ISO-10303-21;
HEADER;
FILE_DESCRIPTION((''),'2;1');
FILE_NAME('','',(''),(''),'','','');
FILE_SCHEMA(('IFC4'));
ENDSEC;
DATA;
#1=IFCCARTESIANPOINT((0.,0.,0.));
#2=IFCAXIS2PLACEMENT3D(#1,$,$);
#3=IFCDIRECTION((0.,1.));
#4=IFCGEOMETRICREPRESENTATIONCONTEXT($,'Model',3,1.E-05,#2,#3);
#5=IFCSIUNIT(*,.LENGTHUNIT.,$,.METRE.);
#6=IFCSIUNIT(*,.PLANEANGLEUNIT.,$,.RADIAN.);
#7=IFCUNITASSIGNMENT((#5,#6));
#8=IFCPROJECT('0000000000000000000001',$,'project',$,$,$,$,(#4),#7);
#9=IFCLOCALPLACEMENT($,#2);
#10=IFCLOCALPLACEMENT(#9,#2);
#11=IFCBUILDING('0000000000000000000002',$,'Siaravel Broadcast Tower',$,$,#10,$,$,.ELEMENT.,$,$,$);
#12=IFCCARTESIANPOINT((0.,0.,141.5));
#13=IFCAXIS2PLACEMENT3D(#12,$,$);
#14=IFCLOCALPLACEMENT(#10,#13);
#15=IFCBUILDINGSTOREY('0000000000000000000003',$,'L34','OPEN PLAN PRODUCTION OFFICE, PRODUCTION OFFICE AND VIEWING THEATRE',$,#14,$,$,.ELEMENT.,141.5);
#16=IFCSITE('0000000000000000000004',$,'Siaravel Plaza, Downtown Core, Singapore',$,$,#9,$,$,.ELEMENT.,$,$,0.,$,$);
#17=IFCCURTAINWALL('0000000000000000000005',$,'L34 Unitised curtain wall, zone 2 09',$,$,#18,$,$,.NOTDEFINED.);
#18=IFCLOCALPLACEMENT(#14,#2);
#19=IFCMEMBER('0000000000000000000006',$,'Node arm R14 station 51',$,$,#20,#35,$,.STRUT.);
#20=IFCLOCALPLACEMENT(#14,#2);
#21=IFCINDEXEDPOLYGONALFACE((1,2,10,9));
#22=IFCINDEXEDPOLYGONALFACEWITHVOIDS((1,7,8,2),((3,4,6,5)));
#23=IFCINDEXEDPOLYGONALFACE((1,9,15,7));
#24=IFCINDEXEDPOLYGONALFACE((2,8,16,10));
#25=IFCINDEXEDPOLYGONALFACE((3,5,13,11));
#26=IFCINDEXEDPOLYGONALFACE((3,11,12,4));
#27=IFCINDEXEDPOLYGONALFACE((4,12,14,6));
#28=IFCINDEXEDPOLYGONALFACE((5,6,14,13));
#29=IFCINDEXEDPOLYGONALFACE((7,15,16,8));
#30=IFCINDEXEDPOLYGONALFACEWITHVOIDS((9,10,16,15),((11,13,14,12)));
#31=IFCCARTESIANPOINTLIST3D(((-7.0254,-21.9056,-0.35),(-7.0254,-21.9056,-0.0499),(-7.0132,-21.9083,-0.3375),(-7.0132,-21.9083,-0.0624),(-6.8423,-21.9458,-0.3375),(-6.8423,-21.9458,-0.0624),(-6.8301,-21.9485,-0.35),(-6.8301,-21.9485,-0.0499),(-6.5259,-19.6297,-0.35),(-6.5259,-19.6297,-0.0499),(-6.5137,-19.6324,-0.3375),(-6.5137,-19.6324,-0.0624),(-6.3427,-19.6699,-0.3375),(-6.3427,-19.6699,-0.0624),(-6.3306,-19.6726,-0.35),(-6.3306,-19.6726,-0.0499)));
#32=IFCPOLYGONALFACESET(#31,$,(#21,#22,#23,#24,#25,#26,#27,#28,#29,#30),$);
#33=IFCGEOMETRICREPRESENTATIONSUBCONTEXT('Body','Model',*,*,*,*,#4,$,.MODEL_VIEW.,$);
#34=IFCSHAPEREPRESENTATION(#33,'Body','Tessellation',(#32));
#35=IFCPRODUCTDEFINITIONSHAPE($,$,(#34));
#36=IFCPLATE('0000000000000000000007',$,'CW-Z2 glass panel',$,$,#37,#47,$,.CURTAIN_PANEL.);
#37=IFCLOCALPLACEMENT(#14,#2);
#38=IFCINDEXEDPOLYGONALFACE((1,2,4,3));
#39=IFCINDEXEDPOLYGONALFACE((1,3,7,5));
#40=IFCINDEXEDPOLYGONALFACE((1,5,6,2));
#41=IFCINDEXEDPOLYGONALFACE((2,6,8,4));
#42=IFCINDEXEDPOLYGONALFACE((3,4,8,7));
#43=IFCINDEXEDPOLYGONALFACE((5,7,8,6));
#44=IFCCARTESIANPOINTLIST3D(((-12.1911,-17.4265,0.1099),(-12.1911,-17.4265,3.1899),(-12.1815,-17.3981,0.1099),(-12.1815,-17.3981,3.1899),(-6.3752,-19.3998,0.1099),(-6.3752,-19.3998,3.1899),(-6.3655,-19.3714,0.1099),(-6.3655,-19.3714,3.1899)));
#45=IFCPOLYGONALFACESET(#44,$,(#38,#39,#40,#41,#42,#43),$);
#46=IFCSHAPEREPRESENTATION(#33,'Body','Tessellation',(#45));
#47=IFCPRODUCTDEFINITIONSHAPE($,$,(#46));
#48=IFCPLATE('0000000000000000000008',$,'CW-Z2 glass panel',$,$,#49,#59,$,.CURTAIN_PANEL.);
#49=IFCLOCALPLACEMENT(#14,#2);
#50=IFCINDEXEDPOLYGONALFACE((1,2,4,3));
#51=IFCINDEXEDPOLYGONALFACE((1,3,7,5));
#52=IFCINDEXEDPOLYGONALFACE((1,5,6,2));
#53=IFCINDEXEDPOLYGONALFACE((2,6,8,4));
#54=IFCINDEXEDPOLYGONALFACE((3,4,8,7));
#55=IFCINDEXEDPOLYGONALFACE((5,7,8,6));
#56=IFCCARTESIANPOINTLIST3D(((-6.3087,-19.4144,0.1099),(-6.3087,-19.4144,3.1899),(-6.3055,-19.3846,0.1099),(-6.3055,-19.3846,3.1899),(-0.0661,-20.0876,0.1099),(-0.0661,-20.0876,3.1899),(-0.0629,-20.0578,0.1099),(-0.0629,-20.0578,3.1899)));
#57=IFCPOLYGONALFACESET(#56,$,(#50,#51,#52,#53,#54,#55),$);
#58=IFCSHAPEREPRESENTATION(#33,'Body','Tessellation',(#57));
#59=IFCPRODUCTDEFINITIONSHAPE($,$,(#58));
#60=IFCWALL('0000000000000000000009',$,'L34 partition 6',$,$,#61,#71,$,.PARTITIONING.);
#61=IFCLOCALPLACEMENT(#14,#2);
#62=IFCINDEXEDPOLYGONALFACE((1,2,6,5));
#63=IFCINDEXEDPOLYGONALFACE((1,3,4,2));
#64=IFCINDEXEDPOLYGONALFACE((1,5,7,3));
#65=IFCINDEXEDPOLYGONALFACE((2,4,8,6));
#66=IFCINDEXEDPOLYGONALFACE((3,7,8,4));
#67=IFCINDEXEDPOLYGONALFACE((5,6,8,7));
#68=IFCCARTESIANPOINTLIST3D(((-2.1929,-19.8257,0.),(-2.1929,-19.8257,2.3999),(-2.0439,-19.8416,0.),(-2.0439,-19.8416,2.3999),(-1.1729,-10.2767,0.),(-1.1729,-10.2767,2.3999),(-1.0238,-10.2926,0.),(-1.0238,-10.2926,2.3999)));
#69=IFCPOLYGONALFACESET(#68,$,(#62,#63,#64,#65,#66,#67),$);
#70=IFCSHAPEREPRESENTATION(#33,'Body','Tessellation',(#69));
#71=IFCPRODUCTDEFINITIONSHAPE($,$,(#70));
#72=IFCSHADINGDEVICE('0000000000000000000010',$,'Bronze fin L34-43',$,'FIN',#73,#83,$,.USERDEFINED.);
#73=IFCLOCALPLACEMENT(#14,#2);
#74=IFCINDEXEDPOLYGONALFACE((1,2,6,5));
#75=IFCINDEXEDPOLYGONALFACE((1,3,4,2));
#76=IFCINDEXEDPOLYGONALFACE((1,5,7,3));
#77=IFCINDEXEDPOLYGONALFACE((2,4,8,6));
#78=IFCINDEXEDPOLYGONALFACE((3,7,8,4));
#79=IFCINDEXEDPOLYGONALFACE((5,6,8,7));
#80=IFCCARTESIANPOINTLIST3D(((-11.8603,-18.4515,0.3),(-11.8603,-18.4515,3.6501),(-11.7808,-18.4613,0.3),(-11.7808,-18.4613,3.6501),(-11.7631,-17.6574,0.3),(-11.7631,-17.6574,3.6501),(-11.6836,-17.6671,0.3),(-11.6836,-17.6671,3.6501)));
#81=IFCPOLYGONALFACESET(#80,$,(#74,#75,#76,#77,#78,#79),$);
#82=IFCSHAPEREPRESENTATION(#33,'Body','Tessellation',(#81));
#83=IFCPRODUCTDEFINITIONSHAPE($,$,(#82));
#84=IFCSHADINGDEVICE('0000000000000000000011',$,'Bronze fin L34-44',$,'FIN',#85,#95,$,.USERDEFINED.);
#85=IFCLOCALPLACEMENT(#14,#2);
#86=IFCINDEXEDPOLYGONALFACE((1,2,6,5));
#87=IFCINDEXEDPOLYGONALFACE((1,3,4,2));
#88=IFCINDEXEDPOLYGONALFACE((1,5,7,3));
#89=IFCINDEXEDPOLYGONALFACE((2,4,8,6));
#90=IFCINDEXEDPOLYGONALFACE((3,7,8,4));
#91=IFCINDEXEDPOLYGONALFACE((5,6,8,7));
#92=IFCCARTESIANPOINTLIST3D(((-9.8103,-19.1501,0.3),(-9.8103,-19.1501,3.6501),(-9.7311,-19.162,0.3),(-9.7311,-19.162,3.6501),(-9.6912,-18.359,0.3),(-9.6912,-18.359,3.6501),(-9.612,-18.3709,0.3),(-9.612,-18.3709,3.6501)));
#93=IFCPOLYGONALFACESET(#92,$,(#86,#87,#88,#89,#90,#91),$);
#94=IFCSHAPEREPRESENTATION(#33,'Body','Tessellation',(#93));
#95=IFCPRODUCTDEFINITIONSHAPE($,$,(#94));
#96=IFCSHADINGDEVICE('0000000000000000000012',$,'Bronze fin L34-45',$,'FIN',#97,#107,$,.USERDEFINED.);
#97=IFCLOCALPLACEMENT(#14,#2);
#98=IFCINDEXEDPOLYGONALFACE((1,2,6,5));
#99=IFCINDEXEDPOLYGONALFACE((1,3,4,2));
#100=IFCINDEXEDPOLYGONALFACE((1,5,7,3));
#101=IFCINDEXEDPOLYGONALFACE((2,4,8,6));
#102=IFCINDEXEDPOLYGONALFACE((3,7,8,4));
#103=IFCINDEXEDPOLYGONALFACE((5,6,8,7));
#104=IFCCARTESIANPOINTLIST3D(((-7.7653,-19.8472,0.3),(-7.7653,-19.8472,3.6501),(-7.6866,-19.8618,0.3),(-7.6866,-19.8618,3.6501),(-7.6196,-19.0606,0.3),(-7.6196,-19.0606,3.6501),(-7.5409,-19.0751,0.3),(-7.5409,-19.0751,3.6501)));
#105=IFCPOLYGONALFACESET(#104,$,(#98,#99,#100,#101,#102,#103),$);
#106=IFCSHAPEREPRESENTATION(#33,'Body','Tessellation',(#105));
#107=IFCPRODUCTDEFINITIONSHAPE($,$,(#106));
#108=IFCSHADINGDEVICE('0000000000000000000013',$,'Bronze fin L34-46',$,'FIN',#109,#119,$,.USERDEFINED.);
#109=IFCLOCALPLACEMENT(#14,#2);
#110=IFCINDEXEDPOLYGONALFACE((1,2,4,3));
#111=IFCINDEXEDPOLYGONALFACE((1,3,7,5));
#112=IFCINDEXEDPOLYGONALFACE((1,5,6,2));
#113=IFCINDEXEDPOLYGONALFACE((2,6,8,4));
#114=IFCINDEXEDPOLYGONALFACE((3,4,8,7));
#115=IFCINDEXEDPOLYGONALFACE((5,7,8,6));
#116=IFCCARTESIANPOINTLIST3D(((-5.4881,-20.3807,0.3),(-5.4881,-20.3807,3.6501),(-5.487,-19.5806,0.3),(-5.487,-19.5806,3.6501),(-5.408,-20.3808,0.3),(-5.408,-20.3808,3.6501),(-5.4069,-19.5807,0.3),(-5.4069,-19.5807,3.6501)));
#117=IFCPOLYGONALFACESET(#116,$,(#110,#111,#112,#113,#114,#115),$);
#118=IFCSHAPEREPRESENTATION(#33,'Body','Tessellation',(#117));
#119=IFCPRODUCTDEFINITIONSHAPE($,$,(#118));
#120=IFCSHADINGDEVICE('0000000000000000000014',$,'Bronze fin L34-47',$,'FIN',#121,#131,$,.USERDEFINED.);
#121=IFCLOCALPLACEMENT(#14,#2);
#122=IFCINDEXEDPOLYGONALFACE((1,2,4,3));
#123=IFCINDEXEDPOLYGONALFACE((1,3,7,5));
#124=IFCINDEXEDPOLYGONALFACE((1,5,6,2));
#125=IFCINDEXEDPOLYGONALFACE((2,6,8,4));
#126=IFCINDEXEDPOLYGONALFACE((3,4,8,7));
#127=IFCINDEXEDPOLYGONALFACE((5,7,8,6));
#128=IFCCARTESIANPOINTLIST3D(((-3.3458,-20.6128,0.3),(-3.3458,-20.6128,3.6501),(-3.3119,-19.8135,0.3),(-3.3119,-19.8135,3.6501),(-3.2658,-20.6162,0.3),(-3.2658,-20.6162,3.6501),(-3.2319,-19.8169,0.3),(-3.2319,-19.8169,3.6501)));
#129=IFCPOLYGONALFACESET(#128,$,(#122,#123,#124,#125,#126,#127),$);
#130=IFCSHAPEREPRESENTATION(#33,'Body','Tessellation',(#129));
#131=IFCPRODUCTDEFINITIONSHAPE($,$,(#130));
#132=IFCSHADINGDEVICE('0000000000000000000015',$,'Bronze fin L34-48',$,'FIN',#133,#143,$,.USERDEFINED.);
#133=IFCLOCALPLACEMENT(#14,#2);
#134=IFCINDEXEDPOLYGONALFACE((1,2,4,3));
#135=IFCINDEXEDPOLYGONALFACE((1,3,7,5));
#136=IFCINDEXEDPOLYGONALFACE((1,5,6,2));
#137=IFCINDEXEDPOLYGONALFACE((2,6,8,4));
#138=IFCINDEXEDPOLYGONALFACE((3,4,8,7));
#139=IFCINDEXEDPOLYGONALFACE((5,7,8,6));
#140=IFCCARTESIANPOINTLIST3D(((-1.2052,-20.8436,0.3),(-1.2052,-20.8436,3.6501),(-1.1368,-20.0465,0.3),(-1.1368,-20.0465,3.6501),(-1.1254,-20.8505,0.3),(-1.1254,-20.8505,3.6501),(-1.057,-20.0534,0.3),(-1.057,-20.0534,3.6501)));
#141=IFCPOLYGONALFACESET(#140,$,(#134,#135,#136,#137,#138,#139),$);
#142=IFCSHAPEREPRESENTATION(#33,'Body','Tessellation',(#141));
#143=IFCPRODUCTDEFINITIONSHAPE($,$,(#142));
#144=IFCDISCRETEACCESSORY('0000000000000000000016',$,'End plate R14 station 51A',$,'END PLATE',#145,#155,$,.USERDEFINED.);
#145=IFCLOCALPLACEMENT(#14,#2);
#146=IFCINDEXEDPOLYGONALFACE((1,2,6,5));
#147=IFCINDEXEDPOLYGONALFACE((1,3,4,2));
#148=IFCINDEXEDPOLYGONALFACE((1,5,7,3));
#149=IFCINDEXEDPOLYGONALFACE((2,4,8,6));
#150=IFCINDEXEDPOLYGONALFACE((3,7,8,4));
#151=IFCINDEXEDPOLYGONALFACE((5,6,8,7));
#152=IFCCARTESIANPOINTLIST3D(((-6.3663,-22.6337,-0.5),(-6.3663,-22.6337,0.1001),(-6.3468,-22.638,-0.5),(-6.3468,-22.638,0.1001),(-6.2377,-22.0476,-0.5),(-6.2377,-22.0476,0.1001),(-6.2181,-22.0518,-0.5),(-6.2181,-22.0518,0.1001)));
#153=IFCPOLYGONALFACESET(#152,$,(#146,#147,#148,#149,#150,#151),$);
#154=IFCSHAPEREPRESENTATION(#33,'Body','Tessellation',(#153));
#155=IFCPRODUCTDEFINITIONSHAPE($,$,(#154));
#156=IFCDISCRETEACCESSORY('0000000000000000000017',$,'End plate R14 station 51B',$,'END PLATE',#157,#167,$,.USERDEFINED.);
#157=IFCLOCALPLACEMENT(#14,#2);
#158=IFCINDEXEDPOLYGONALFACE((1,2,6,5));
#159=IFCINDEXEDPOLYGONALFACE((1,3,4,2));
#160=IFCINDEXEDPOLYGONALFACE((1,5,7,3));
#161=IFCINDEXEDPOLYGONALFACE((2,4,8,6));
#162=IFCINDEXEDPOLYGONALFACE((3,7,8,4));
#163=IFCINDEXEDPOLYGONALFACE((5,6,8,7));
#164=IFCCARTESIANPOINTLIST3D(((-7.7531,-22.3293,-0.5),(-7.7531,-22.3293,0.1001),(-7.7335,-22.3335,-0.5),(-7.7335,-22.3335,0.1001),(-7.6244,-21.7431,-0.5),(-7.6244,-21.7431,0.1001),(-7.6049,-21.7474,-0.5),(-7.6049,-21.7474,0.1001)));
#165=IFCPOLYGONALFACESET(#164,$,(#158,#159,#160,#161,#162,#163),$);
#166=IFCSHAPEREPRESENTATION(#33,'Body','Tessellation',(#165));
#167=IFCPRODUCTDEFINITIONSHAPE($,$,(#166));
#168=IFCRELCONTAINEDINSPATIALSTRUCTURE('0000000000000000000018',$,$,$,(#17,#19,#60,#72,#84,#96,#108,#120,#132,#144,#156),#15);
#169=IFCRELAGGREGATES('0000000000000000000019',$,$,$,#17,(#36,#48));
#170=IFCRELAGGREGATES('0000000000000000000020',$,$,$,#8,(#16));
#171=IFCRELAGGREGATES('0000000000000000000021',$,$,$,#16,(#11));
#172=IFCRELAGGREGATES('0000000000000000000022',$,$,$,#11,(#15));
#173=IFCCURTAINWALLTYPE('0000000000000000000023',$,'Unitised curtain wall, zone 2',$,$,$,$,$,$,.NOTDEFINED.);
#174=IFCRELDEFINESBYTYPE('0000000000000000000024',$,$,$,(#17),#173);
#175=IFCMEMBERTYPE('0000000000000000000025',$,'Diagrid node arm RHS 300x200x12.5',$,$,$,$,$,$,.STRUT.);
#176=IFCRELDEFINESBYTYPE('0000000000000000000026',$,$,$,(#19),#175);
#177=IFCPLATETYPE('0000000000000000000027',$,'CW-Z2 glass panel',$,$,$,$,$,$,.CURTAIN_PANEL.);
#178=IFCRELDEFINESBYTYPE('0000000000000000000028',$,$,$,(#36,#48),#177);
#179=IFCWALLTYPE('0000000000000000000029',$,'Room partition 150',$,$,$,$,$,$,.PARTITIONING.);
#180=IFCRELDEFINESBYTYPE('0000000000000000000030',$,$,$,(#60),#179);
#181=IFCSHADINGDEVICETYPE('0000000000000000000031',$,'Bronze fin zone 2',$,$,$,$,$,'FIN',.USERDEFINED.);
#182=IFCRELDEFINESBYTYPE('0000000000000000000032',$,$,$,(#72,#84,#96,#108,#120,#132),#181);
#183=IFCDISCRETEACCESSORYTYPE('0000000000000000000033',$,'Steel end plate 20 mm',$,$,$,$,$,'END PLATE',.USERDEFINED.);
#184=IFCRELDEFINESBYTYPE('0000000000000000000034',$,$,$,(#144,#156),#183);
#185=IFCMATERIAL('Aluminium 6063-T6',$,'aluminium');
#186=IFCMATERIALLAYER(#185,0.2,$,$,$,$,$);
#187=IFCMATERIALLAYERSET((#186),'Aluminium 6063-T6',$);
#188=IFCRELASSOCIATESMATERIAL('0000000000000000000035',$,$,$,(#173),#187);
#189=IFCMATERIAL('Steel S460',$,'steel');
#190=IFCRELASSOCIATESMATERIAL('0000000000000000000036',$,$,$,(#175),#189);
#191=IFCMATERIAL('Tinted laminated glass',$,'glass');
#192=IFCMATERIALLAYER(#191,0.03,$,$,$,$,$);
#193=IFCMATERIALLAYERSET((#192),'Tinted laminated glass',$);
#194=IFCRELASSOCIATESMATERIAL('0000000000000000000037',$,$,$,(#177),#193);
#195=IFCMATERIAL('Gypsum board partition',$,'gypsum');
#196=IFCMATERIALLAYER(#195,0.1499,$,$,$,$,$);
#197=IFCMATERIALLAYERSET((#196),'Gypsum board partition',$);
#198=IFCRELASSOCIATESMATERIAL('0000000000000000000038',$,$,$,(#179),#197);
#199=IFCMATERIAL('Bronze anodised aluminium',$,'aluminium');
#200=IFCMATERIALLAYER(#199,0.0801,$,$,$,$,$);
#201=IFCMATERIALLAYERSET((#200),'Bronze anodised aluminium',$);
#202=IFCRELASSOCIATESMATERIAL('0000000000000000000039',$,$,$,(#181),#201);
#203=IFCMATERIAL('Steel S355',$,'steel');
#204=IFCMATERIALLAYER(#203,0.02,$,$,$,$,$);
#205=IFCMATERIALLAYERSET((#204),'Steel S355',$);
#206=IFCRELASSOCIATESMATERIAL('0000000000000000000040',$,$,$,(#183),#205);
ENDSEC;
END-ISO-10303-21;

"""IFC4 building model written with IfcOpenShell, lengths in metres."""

from ifc_helpers import new_model, si_unit, direction, frame, frame_2d, origin, origin_2d, place, context, subcontext, project, spatial, rectangle, hollow_rectangle, extrude, material, layer, layer_set, material_profile, profile_set, type_object, element, aggregate, save


model = new_model("IFC4")

# Units and contexts
model_context = context("Model", 3, precision=1e-05, world=origin(), true_north=direction((0.0, 1.0)))
body_context = subcontext(model_context, "Body", "Model", "MODEL_VIEW")
ifc_project = project(units=[si_unit("LENGTHUNIT", "METRE"), si_unit("PLANEANGLEUNIT", "RADIAN")], contexts=[model_context])

# Site, building, storey
site_placement = place(None, origin())
site = spatial("IfcSite", under=ifc_project, at=site_placement, Name="Siaravel Plaza, Downtown Core, Singapore", CompositionType="ELEMENT", RefElevation=0.0)
building_placement = place(site_placement, origin())
building = spatial("IfcBuilding", under=site, at=building_placement, Name="Siaravel Broadcast Tower", CompositionType="ELEMENT")
storey_placement = place(building_placement, frame((0.0, 0.0, 141.5)))
storey = spatial("IfcBuildingStorey", under=building, at=storey_placement, Name="L34", Description="OPEN PLAN PRODUCTION OFFICE, PRODUCTION OFFICE AND VIEWING THEATRE", CompositionType="ELEMENT", Elevation=141.5)

# Shared definitions
ifc_material_1 = material(Name="Steel S355", Category="steel")

# Curtain wall
ifc_material_2 = material(Name="Aluminium 6063-T6", Category="aluminium")
ifc_layer_1 = layer(ifc_material_2, 0.2)
ifc_layer_set_1 = layer_set([ifc_layer_1], Name="Aluminium 6063-T6")
curtain_wall_type = type_object("IfcCurtainWallType", Name="Unitised curtain wall, zone 2", PredefinedType="NOTDEFINED", material=ifc_layer_set_1)
curtain_wall_placement = place(storey_placement, origin())
curtain_wall = element("IfcCurtainWall", 1, at=curtain_wall_placement, inside=storey, type_object=curtain_wall_type, Name="L34 Unitised curtain wall, zone 2 09", PredefinedType="NOTDEFINED")

# Member
ifc_material_3 = material(Name="Steel S460", Category="steel")
ifc_material_profile_1 = material_profile(ifc_material_3, hollow_rectangle(XDim=0.2, YDim=0.3, WallThickness=0.0125, at=origin_2d()))
ifc_profile_set_1 = profile_set([ifc_material_profile_1], Name="Steel S460")
member_type_1 = type_object("IfcMemberType", Name="Diagrid node arm RHS 300x200x12.5", PredefinedType="STRUT", material=ifc_profile_set_1)
member_1_placement = place(storey_placement, frame((-6.4282, -19.6511, -0.2), z_axis=(-0.214378, -0.976751, 0.0), x_axis=(0.976751, -0.214378, 0.0)))
element("IfcMember", 2, at=member_1_placement, inside=storey, type_object=member_type_1, Name="Node arm R14 station 51", PredefinedType="STRUT", context=body_context, shape_type="SweptSolid", body=[
    extrude(hollow_rectangle(XDim=0.2, YDim=0.3, WallThickness=0.0125, at=origin_2d()), origin(), (0.0, 0.0, 1.0), 2.3301),
])

# Plates
ifc_material_4 = material(Name="Tinted laminated glass", Category="glass")
ifc_layer_2 = layer(ifc_material_4, 0.03)
ifc_layer_set_2 = layer_set([ifc_layer_2], Name="Tinted laminated glass")
plate_type = type_object("IfcPlateType", Name="CW-Z2 glass panel", PredefinedType="CURTAIN_PANEL", material=ifc_layer_set_2)
plate_1_placement = place(storey_placement, frame((-9.2783, -18.3989, 0.1099), z_axis=(0.0, 0.0, 1.0), x_axis=(0.946977, -0.321301, 0.0)))
plate_1 = element("IfcPlate", 3, at=plate_1_placement, type_object=plate_type, Name="CW-Z2 glass panel", PredefinedType="CURTAIN_PANEL", context=body_context, shape_type="SweptSolid", body=[
    extrude(rectangle(XDim=6.1416, YDim=0.03, at=origin_2d()), origin(), (0.0, 0.0, 1.0), 3.0801),
])
plate_2_placement = place(storey_placement, frame((-3.1858, -19.7361, 0.1099), z_axis=(0.0, 0.0, 1.0), x_axis=(0.994236, -0.107218, 0.0)))
plate_2 = element("IfcPlate", 4, at=plate_2_placement, type_object=plate_type, Name="CW-Z2 glass panel", PredefinedType="CURTAIN_PANEL", context=body_context, shape_type="SweptSolid", body=[
    extrude(rectangle(XDim=6.2788, YDim=0.03, at=origin_2d()), origin(), (0.0, 0.0, 1.0), 3.0801),
])
aggregate(curtain_wall, [plate_1, plate_2])

# Wall
ifc_material_5 = material(Name="Gypsum board partition", Category="gypsum")
ifc_layer_3 = layer(ifc_material_5, 0.1499)
ifc_layer_set_3 = layer_set([ifc_layer_3], Name="Gypsum board partition")
wall_type = type_object("IfcWallType", Name="Room partition 150", PredefinedType="PARTITIONING", material=ifc_layer_set_3)
wall_placement = place(storey_placement, frame((-2.1184, -19.8337, 0.0), z_axis=(0.0, 0.0, 1.0), x_axis=(0.106217, 0.994343, 0.0)))
element("IfcWall", 5, at=wall_placement, inside=storey, type_object=wall_type, Name="L34 partition 6", PredefinedType="PARTITIONING", context=body_context, shape_type="SweptSolid", body=[
    extrude(rectangle(XDim=9.6033, YDim=0.1499, at=frame_2d((4.8018, 0.0))), origin(), (0.0, 0.0, 1.0), 2.3999),
])

# Shading devices
ifc_material_6 = material(Name="Bronze anodised aluminium", Category="aluminium")
ifc_layer_4 = layer(ifc_material_6, 0.0801)
ifc_layer_set_4 = layer_set([ifc_layer_4], Name="Bronze anodised aluminium")
shading_device_type = type_object("IfcShadingDeviceType", Name="Bronze fin zone 2", ElementType="FIN", PredefinedType="USERDEFINED", material=ifc_layer_set_4)
for number, where, z_axis, x_axis, name in (
    (6, (-11.772, -18.0593, 0.3), (0.0, 0.0, 1.0), (-0.121469, -0.992595, 0.0), "Bronze fin L34-43"),
    (7, (-9.7112, -18.7605, 0.3), (0.0, 0.0, 1.0), (-0.148867, -0.988857, 0.0), "Bronze fin L34-44"),
    (8, (-7.6531, -19.4612, 0.3), (0.0, 0.0, 1.0), (-0.182131, -0.983274, 0.0), "Bronze fin L34-45"),
    (9, (-5.4475, -19.9807, 0.3), (0.0, 0.0, 1.0), (-0.001307, -0.999999, 0.0), "Bronze fin L34-46"),
    (10, (-3.2888, -20.2148, 0.3), (0.0, 0.0, 1.0), (-0.042406, -0.9991, 0.0), "Bronze fin L34-47"),
    (11, (-1.1311, -20.4485, 0.3), (0.0, 0.0, 1.0), (-0.085556, -0.996333, 0.0), "Bronze fin L34-48"),
):
    element("IfcShadingDevice", number, at=place(storey_placement, frame(where, z_axis=z_axis, x_axis=x_axis)), inside=storey, type_object=shading_device_type, Name=name, ObjectType="FIN", PredefinedType="USERDEFINED", context=body_context, shape_type="SweptSolid", body=[
        extrude(rectangle(XDim=0.8, YDim=0.0801, at=origin_2d()), origin(), (0.0, 0.0, 1.0), 3.3501),
    ])

# Discrete accessories
ifc_layer_5 = layer(ifc_material_1, 0.02)
ifc_layer_set_5 = layer_set([ifc_layer_5], Name="Steel S355")
discrete_accessory_type = type_object("IfcDiscreteAccessoryType", Name="Steel end plate 20 mm", ElementType="END PLATE", PredefinedType="USERDEFINED", material=ifc_layer_set_5)
for number, where, z_axis, x_axis, name in (
    (12, (-6.2922, -22.3428, -0.5), (0.0, 0.0, 1.0), (0.976751, -0.214379, 0.0), "End plate R14 station 51A"),
    (13, (-7.679, -22.0383, -0.5), (0.0, 0.0, 1.0), (0.976751, -0.214379, 0.0), "End plate R14 station 51B"),
):
    element("IfcDiscreteAccessory", number, at=place(storey_placement, frame(where, z_axis=z_axis, x_axis=x_axis)), inside=storey, type_object=discrete_accessory_type, Name=name, ObjectType="END PLATE", PredefinedType="USERDEFINED", context=body_context, shape_type="SweptSolid", body=[
        extrude(rectangle(XDim=0.02, YDim=0.6001, at=origin_2d()), origin(), (0.0, 0.0, 1.0), 0.6001),
    ])

save(model, "model.ifc")
